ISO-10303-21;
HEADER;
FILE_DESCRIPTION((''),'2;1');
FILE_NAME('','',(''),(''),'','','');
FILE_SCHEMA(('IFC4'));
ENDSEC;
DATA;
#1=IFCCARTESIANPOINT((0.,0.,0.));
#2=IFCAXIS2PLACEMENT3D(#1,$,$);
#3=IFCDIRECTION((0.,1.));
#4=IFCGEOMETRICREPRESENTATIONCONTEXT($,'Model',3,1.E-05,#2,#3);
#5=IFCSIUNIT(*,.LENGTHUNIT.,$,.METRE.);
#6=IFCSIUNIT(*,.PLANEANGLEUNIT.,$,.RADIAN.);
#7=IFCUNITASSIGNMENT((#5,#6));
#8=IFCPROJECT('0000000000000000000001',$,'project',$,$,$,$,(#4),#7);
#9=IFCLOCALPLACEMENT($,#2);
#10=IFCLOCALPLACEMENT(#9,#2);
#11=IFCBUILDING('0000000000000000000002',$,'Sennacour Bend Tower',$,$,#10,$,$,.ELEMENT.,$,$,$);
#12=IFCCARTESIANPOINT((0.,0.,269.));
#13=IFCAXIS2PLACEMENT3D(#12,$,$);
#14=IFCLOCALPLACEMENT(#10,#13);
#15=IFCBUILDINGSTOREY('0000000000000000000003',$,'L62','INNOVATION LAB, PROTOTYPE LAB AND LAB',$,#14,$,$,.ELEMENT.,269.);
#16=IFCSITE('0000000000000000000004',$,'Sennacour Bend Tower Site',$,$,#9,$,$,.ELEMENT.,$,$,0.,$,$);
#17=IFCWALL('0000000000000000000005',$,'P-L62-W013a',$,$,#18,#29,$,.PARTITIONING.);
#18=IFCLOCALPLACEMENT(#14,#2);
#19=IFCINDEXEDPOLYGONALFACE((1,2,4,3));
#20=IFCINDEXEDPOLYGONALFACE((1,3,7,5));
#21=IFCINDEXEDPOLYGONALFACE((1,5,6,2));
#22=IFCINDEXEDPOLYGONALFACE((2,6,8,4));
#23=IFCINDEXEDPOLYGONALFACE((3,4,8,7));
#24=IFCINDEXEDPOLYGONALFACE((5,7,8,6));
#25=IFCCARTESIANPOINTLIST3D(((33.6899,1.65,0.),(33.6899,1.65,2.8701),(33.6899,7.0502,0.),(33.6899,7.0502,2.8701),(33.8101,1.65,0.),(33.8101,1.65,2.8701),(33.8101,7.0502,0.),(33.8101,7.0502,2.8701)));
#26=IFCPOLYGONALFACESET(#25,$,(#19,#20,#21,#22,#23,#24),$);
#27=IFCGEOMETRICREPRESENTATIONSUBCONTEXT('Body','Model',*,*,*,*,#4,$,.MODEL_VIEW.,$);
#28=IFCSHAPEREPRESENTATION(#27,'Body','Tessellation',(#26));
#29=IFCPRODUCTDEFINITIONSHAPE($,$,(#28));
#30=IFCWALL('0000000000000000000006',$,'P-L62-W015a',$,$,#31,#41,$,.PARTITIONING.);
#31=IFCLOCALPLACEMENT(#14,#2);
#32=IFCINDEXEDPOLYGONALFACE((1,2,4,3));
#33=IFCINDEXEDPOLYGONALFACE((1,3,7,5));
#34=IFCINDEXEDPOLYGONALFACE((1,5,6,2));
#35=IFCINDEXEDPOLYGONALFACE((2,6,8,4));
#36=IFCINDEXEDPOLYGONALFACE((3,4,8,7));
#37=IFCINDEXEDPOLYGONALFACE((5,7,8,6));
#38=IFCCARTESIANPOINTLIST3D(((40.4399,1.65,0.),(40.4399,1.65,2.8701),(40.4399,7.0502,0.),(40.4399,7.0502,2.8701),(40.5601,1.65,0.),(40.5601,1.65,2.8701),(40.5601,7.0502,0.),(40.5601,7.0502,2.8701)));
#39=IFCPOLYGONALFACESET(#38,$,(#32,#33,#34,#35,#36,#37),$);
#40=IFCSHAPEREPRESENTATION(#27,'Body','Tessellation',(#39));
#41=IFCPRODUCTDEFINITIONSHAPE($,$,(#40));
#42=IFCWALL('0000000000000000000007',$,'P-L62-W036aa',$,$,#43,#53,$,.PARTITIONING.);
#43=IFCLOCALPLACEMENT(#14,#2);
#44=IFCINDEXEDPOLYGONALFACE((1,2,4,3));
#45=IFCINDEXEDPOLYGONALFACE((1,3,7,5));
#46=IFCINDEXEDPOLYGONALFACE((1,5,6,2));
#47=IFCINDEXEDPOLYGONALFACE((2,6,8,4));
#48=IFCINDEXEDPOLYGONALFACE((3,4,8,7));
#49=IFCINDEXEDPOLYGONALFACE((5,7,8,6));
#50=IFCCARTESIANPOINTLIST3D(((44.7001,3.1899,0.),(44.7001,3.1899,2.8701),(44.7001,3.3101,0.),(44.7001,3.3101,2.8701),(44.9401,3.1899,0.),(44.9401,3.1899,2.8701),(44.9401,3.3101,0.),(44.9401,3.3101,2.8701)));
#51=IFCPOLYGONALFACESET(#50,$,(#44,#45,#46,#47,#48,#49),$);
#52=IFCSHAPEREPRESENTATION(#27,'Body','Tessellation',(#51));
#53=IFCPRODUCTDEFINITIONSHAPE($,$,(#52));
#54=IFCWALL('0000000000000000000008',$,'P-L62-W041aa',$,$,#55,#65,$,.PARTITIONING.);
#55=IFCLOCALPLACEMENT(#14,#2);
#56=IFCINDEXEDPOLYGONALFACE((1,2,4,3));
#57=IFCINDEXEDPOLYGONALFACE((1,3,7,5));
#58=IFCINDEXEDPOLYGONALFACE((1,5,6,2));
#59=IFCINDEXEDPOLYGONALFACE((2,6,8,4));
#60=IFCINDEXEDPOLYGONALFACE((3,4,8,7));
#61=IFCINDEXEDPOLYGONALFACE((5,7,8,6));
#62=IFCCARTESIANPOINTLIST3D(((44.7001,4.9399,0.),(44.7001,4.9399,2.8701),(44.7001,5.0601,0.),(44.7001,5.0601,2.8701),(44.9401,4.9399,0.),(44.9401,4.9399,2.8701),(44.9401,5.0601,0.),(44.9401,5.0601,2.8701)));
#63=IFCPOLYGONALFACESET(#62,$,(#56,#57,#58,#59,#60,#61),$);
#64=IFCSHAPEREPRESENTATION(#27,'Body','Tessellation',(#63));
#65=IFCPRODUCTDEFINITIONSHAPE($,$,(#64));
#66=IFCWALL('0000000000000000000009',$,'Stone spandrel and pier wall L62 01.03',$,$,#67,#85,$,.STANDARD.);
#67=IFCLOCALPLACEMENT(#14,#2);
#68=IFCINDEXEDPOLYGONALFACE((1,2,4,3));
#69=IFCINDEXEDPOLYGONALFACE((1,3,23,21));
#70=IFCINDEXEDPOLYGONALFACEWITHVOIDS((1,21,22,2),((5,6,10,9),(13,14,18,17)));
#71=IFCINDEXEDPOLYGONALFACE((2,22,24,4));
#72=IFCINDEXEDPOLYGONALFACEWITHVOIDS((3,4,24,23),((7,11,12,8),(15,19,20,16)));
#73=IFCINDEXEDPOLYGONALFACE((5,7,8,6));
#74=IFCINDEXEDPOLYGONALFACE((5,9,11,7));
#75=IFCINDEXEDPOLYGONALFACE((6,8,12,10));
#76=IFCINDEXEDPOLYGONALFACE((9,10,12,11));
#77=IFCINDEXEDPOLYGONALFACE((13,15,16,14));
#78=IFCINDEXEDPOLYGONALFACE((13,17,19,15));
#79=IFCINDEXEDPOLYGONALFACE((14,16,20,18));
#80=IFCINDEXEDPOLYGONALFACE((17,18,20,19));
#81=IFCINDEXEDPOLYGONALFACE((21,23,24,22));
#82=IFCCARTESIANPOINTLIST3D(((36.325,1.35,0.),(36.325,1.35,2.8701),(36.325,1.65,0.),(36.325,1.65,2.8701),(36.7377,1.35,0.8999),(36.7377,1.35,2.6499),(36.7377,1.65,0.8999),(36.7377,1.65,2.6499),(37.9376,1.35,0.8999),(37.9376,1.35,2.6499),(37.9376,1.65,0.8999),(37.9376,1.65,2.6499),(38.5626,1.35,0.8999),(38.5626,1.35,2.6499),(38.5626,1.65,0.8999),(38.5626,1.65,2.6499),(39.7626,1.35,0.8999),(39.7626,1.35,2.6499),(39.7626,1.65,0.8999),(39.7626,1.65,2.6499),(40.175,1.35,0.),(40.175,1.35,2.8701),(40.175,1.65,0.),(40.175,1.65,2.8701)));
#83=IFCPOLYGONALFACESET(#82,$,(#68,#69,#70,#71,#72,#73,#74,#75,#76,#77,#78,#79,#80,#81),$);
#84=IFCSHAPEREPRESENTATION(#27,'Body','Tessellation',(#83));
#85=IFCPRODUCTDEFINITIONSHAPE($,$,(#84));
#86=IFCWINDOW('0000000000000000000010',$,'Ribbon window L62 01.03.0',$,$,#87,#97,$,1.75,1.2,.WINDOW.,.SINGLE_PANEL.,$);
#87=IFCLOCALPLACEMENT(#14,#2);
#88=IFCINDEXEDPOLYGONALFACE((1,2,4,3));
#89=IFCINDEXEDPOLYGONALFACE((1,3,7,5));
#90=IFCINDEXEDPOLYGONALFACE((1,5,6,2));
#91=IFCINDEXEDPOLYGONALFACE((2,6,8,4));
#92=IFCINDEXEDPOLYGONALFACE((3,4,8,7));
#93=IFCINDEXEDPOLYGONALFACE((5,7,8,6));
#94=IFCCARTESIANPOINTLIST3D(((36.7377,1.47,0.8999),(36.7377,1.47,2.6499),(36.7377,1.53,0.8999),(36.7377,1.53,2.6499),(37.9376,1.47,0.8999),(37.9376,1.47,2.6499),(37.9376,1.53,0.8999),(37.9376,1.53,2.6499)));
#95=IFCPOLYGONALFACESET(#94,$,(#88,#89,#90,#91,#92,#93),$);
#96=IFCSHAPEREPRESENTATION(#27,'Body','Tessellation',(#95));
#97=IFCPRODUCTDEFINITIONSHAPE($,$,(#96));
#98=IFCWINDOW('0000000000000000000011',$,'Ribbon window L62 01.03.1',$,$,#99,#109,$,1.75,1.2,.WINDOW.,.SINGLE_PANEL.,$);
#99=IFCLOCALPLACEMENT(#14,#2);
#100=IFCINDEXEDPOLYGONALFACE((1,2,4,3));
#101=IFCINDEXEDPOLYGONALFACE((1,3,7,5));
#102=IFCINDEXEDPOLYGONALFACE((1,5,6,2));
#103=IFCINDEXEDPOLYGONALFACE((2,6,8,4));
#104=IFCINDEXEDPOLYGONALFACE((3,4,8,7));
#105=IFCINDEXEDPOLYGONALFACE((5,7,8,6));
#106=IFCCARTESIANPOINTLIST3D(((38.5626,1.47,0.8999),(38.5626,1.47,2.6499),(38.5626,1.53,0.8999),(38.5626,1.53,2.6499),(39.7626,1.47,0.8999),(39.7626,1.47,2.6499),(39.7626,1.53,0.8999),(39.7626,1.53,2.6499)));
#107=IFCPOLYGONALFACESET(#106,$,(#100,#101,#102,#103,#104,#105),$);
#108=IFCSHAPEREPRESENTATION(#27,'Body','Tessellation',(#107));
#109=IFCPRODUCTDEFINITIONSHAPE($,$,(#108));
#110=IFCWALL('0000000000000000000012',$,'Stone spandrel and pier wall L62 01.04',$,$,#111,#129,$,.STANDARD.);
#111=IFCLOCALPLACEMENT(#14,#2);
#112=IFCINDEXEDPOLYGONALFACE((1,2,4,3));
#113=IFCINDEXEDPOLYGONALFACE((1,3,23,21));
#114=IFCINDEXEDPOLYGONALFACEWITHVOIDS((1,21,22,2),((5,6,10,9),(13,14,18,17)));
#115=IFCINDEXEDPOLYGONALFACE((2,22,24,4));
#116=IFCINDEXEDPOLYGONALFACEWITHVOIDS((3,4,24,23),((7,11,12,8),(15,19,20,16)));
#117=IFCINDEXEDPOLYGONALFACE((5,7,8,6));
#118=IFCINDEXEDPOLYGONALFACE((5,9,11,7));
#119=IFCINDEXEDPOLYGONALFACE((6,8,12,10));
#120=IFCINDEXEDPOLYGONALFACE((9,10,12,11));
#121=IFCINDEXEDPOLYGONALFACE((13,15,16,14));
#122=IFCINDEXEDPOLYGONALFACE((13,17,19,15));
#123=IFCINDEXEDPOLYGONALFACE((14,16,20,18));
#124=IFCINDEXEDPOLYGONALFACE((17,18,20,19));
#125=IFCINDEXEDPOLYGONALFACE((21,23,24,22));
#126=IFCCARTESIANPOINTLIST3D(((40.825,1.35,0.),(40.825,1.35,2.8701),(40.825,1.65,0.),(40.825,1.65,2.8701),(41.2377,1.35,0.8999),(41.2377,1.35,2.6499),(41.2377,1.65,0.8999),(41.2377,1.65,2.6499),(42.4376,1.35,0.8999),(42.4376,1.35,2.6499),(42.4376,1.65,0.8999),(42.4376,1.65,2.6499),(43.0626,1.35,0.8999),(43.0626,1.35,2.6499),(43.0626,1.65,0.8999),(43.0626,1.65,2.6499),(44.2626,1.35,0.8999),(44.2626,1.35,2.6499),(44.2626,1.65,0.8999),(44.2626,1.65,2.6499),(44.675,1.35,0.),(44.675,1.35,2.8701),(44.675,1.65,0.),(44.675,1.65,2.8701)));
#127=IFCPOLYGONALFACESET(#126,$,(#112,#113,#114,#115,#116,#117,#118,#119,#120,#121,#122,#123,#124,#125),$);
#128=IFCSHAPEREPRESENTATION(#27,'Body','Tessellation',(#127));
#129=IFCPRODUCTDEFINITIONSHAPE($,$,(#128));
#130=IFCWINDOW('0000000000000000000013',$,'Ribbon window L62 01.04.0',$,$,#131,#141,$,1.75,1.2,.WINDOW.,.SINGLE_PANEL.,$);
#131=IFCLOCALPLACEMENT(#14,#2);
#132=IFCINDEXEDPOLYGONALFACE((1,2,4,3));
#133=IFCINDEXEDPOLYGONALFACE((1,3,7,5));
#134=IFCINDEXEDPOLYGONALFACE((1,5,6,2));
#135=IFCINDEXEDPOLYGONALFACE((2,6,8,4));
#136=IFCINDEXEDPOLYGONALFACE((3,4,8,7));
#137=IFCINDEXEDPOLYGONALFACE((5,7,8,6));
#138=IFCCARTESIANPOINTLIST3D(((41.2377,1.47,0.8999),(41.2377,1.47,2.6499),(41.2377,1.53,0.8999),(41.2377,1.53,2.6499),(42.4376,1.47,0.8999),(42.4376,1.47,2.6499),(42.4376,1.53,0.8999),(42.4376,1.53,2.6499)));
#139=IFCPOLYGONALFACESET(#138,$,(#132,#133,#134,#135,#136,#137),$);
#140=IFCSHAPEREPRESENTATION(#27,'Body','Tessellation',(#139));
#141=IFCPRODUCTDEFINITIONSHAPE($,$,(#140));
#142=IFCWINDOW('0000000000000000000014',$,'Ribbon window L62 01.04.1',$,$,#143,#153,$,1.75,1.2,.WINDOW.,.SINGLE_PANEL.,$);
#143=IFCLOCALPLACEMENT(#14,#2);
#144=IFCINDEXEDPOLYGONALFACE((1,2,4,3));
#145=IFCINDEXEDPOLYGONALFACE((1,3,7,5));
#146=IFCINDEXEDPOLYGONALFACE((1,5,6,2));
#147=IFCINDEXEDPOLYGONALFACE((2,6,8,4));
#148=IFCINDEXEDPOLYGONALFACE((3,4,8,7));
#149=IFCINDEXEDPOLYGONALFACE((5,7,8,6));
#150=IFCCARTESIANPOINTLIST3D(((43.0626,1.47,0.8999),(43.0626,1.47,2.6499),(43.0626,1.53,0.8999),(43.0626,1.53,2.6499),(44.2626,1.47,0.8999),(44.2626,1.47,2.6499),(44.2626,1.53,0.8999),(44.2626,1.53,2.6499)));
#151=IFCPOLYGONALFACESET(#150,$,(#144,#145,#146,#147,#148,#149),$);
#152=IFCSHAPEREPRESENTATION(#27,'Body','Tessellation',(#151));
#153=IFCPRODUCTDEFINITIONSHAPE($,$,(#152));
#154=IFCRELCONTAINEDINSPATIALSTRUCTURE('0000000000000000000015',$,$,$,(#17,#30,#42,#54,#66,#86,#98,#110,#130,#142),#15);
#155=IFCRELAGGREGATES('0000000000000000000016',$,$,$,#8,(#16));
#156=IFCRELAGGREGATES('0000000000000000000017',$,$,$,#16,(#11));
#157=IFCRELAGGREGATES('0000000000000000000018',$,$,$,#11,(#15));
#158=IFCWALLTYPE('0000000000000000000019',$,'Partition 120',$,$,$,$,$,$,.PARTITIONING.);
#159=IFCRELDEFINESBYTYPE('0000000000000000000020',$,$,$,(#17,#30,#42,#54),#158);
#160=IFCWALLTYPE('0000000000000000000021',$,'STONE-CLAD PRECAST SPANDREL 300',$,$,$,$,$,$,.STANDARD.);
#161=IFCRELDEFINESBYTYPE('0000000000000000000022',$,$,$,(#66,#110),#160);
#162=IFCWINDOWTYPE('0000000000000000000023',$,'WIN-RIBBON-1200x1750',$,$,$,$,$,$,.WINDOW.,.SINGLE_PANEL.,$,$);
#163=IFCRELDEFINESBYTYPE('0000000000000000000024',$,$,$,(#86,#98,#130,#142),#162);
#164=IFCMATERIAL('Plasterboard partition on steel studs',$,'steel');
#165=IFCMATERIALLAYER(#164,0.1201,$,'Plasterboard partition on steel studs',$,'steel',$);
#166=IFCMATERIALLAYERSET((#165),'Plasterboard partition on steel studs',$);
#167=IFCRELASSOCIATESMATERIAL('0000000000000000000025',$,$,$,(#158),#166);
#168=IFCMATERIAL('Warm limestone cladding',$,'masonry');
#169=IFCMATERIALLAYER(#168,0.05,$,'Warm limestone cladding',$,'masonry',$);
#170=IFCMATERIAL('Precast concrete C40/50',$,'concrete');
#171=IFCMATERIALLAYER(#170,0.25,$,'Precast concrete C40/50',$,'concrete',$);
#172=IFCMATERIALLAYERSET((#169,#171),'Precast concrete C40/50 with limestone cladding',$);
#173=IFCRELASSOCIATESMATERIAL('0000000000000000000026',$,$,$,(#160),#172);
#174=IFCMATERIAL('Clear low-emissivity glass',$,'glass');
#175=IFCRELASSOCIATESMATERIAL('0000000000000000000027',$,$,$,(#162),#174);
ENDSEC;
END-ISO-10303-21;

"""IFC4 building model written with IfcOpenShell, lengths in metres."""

from ifc_helpers import new_model, si_unit, direction, frame, frame_2d, origin, place, context, subcontext, project, spatial, rectangle, extrude, material, layer, layer_set, type_object, element, fill, save


model = new_model("IFC4")

# Units and contexts
model_context = context("Model", 3, precision=1e-05, world=origin(), true_north=direction((0.0, 1.0)))
body_context = subcontext(model_context, "Body", "Model", "MODEL_VIEW")
ifc_project = project(units=[si_unit("LENGTHUNIT", "METRE"), si_unit("PLANEANGLEUNIT", "RADIAN")], contexts=[model_context])

# Site, building, storey
site_placement = place(None, origin())
site = spatial("IfcSite", under=ifc_project, at=site_placement, Name="Sennacour Bend Tower Site", CompositionType="ELEMENT", RefElevation=0.0)
building_placement = place(site_placement, origin())
building = spatial("IfcBuilding", under=site, at=building_placement, Name="Sennacour Bend Tower", CompositionType="ELEMENT")
storey_placement = place(building_placement, frame((0.0, 0.0, 269.0)))
storey = spatial("IfcBuildingStorey", under=building, at=storey_placement, Name="L62", Description="INNOVATION LAB, PROTOTYPE LAB AND LAB", CompositionType="ELEMENT", Elevation=269.0)

# Walls
ifc_material_1 = material(Name="Plasterboard partition on steel studs", Category="steel")
ifc_layer_1 = layer(ifc_material_1, 0.1201, Name="Plasterboard partition on steel studs", Category="steel")
ifc_layer_set_1 = layer_set([ifc_layer_1], Name="Plasterboard partition on steel studs")
wall_type_1 = type_object("IfcWallType", Name="Partition 120", PredefinedType="PARTITIONING", material=ifc_layer_set_1)
for number, where, z_axis, x_axis, name in (
    (1, (33.75, 1.6499, 0.0), (0.0, 0.0, 1.0), (0.0, 1.0, 0.0), "P-L62-W013a"),
    (2, (40.5, 1.6499, 0.0), (0.0, 0.0, 1.0), (0.0, 1.0, 0.0), "P-L62-W015a"),
):
    element("IfcWall", number, at=place(storey_placement, frame(where, z_axis=z_axis, x_axis=x_axis)), inside=storey, type_object=wall_type_1, Name=name, PredefinedType="PARTITIONING", context=body_context, shape_type="SweptSolid", body=[
        extrude(rectangle(XDim=5.4001, YDim=0.1201, at=frame_2d((2.7002, 0.0))), origin(), (0.0, 0.0, 1.0), 2.8701),
    ])
for number, where, z_axis, x_axis, name in (
    (3, (44.7, 3.25, 0.0), (0.0, 0.0, 1.0), (1.0, 0.0, 0.0), "P-L62-W036aa"),
    (4, (44.7, 5.0, 0.0), (0.0, 0.0, 1.0), (1.0, 0.0, 0.0), "P-L62-W041aa"),
):
    element("IfcWall", number, at=place(storey_placement, frame(where, z_axis=z_axis, x_axis=x_axis)), inside=storey, type_object=wall_type_1, Name=name, PredefinedType="PARTITIONING", context=body_context, shape_type="SweptSolid", body=[
        extrude(rectangle(XDim=0.24, YDim=0.1201, at=frame_2d((0.1201, 0.0))), origin(), (0.0, 0.0, 1.0), 2.8701),
    ])

# Walls, openings, windows
ifc_material_2 = material(Name="Warm limestone cladding", Category="masonry")
ifc_layer_2 = layer(ifc_material_2, 0.05, Name="Warm limestone cladding", Category="masonry")
ifc_material_3 = material(Name="Precast concrete C40/50", Category="concrete")
ifc_layer_3 = layer(ifc_material_3, 0.25, Name="Precast concrete C40/50", Category="concrete")
ifc_layer_set_2 = layer_set([ifc_layer_2, ifc_layer_3], Name="Precast concrete C40/50 with limestone cladding")
wall_type_2 = type_object("IfcWallType", Name="STONE-CLAD PRECAST SPANDREL 300", PredefinedType="STANDARD", material=ifc_layer_set_2)
wall_1_placement = place(storey_placement, frame((36.325, 1.5, 0.0), z_axis=(0.0, 0.0, 1.0), x_axis=(1.0, 0.0, 0.0)))
wall_1 = element("IfcWall", 5, at=wall_1_placement, inside=storey, type_object=wall_type_2, Name="Stone spandrel and pier wall L62 01.03", PredefinedType="STANDARD", context=body_context, shape_type="SweptSolid", body=[
    extrude(rectangle(XDim=3.8501, YDim=0.3, at=frame_2d((1.925, 0.0))), origin(), (0.0, 0.0, 1.0), 2.8701),
])
opening_1_placement = place(wall_1_placement, frame((0.4126, 0.0, 0.8999)))
opening_1 = element("IfcOpeningElement", 6, at=opening_1_placement, cuts=wall_1, PredefinedType="OPENING", context=body_context, shape_type="SweptSolid", body=[
    extrude(rectangle(XDim=1.2, YDim=1.75, at=frame_2d((0.6001, 0.875))), frame((0.0, 0.1602, 0.0), z_axis=(0.0, -1.0, 0.0), x_axis=(1.0, 0.0, 0.0)), (0.0, 0.0, 1.0), 0.3201),
])
opening_2_placement = place(wall_1_placement, frame((2.2375, 0.0, 0.8999)))
opening_2 = element("IfcOpeningElement", 7, at=opening_2_placement, cuts=wall_1, PredefinedType="OPENING", context=body_context, shape_type="SweptSolid", body=[
    extrude(rectangle(XDim=1.2, YDim=1.75, at=frame_2d((0.6001, 0.875))), frame((0.0, 0.1602, 0.0), z_axis=(0.0, -1.0, 0.0), x_axis=(1.0, 0.0, 0.0)), (0.0, 0.0, 1.0), 0.3201),
])
ifc_material_4 = material(Name="Clear low-emissivity glass", Category="glass")
window_type = type_object("IfcWindowType", Name="WIN-RIBBON-1200x1750", PartitioningType="SINGLE_PANEL", PredefinedType="WINDOW", material=ifc_material_4)
window_1_placement = place(opening_1_placement, origin())
window_1 = element("IfcWindow", 8, at=window_1_placement, inside=storey, type_object=window_type, Name="Ribbon window L62 01.03.0", OverallHeight=1.75, OverallWidth=1.2, PartitioningType="SINGLE_PANEL", PredefinedType="WINDOW", context=body_context, shape_type="SweptSolid", body=[
    extrude(rectangle(XDim=1.2, YDim=1.75, at=frame_2d((0.6001, 0.875))), frame((0.0, 0.03, 0.0), z_axis=(0.0, -1.0, 0.0), x_axis=(1.0, 0.0, 0.0)), (0.0, 0.0, 1.0), 0.0601),
])
fill(opening_1, window_1)
window_2_placement = place(opening_2_placement, origin())
window_2 = element("IfcWindow", 9, at=window_2_placement, inside=storey, type_object=window_type, Name="Ribbon window L62 01.03.1", OverallHeight=1.75, OverallWidth=1.2, PartitioningType="SINGLE_PANEL", PredefinedType="WINDOW", context=body_context, shape_type="SweptSolid", body=[
    extrude(rectangle(XDim=1.2, YDim=1.75, at=frame_2d((0.6001, 0.875))), frame((0.0, 0.03, 0.0), z_axis=(0.0, -1.0, 0.0), x_axis=(1.0, 0.0, 0.0)), (0.0, 0.0, 1.0), 0.0601),
])
fill(opening_2, window_2)
wall_2_placement = place(storey_placement, frame((40.825, 1.5, 0.0), z_axis=(0.0, 0.0, 1.0), x_axis=(1.0, 0.0, 0.0)))
wall_2 = element("IfcWall", 10, at=wall_2_placement, inside=storey, type_object=wall_type_2, Name="Stone spandrel and pier wall L62 01.04", PredefinedType="STANDARD", context=body_context, shape_type="SweptSolid", body=[
    extrude(rectangle(XDim=3.8501, YDim=0.3, at=frame_2d((1.925, 0.0))), origin(), (0.0, 0.0, 1.0), 2.8701),
])
opening_3_placement = place(wall_2_placement, frame((0.4126, 0.0, 0.8999)))
opening_3 = element("IfcOpeningElement", 11, at=opening_3_placement, cuts=wall_2, PredefinedType="OPENING", context=body_context, shape_type="SweptSolid", body=[
    extrude(rectangle(XDim=1.2, YDim=1.75, at=frame_2d((0.6001, 0.875))), frame((0.0, 0.1602, 0.0), z_axis=(0.0, -1.0, 0.0), x_axis=(1.0, 0.0, 0.0)), (0.0, 0.0, 1.0), 0.3201),
])
opening_4_placement = place(wall_2_placement, frame((2.2375, 0.0, 0.8999)))
opening_4 = element("IfcOpeningElement", 12, at=opening_4_placement, cuts=wall_2, PredefinedType="OPENING", context=body_context, shape_type="SweptSolid", body=[
    extrude(rectangle(XDim=1.2, YDim=1.75, at=frame_2d((0.6001, 0.875))), frame((0.0, 0.1602, 0.0), z_axis=(0.0, -1.0, 0.0), x_axis=(1.0, 0.0, 0.0)), (0.0, 0.0, 1.0), 0.3201),
])
window_3_placement = place(opening_3_placement, origin())
window_3 = element("IfcWindow", 13, at=window_3_placement, inside=storey, type_object=window_type, Name="Ribbon window L62 01.04.0", OverallHeight=1.75, OverallWidth=1.2, PartitioningType="SINGLE_PANEL", PredefinedType="WINDOW", context=body_context, shape_type="SweptSolid", body=[
    extrude(rectangle(XDim=1.2, YDim=1.75, at=frame_2d((0.6001, 0.875))), frame((0.0, 0.03, 0.0), z_axis=(0.0, -1.0, 0.0), x_axis=(1.0, 0.0, 0.0)), (0.0, 0.0, 1.0), 0.0601),
])
fill(opening_3, window_3)
window_4_placement = place(opening_4_placement, origin())
window_4 = element("IfcWindow", 14, at=window_4_placement, inside=storey, type_object=window_type, Name="Ribbon window L62 01.04.1", OverallHeight=1.75, OverallWidth=1.2, PartitioningType="SINGLE_PANEL", PredefinedType="WINDOW", context=body_context, shape_type="SweptSolid", body=[
    extrude(rectangle(XDim=1.2, YDim=1.75, at=frame_2d((0.6001, 0.875))), frame((0.0, 0.03, 0.0), z_axis=(0.0, -1.0, 0.0), x_axis=(1.0, 0.0, 0.0)), (0.0, 0.0, 1.0), 0.0601),
])
fill(opening_4, window_4)

save(model, "model.ifc")
